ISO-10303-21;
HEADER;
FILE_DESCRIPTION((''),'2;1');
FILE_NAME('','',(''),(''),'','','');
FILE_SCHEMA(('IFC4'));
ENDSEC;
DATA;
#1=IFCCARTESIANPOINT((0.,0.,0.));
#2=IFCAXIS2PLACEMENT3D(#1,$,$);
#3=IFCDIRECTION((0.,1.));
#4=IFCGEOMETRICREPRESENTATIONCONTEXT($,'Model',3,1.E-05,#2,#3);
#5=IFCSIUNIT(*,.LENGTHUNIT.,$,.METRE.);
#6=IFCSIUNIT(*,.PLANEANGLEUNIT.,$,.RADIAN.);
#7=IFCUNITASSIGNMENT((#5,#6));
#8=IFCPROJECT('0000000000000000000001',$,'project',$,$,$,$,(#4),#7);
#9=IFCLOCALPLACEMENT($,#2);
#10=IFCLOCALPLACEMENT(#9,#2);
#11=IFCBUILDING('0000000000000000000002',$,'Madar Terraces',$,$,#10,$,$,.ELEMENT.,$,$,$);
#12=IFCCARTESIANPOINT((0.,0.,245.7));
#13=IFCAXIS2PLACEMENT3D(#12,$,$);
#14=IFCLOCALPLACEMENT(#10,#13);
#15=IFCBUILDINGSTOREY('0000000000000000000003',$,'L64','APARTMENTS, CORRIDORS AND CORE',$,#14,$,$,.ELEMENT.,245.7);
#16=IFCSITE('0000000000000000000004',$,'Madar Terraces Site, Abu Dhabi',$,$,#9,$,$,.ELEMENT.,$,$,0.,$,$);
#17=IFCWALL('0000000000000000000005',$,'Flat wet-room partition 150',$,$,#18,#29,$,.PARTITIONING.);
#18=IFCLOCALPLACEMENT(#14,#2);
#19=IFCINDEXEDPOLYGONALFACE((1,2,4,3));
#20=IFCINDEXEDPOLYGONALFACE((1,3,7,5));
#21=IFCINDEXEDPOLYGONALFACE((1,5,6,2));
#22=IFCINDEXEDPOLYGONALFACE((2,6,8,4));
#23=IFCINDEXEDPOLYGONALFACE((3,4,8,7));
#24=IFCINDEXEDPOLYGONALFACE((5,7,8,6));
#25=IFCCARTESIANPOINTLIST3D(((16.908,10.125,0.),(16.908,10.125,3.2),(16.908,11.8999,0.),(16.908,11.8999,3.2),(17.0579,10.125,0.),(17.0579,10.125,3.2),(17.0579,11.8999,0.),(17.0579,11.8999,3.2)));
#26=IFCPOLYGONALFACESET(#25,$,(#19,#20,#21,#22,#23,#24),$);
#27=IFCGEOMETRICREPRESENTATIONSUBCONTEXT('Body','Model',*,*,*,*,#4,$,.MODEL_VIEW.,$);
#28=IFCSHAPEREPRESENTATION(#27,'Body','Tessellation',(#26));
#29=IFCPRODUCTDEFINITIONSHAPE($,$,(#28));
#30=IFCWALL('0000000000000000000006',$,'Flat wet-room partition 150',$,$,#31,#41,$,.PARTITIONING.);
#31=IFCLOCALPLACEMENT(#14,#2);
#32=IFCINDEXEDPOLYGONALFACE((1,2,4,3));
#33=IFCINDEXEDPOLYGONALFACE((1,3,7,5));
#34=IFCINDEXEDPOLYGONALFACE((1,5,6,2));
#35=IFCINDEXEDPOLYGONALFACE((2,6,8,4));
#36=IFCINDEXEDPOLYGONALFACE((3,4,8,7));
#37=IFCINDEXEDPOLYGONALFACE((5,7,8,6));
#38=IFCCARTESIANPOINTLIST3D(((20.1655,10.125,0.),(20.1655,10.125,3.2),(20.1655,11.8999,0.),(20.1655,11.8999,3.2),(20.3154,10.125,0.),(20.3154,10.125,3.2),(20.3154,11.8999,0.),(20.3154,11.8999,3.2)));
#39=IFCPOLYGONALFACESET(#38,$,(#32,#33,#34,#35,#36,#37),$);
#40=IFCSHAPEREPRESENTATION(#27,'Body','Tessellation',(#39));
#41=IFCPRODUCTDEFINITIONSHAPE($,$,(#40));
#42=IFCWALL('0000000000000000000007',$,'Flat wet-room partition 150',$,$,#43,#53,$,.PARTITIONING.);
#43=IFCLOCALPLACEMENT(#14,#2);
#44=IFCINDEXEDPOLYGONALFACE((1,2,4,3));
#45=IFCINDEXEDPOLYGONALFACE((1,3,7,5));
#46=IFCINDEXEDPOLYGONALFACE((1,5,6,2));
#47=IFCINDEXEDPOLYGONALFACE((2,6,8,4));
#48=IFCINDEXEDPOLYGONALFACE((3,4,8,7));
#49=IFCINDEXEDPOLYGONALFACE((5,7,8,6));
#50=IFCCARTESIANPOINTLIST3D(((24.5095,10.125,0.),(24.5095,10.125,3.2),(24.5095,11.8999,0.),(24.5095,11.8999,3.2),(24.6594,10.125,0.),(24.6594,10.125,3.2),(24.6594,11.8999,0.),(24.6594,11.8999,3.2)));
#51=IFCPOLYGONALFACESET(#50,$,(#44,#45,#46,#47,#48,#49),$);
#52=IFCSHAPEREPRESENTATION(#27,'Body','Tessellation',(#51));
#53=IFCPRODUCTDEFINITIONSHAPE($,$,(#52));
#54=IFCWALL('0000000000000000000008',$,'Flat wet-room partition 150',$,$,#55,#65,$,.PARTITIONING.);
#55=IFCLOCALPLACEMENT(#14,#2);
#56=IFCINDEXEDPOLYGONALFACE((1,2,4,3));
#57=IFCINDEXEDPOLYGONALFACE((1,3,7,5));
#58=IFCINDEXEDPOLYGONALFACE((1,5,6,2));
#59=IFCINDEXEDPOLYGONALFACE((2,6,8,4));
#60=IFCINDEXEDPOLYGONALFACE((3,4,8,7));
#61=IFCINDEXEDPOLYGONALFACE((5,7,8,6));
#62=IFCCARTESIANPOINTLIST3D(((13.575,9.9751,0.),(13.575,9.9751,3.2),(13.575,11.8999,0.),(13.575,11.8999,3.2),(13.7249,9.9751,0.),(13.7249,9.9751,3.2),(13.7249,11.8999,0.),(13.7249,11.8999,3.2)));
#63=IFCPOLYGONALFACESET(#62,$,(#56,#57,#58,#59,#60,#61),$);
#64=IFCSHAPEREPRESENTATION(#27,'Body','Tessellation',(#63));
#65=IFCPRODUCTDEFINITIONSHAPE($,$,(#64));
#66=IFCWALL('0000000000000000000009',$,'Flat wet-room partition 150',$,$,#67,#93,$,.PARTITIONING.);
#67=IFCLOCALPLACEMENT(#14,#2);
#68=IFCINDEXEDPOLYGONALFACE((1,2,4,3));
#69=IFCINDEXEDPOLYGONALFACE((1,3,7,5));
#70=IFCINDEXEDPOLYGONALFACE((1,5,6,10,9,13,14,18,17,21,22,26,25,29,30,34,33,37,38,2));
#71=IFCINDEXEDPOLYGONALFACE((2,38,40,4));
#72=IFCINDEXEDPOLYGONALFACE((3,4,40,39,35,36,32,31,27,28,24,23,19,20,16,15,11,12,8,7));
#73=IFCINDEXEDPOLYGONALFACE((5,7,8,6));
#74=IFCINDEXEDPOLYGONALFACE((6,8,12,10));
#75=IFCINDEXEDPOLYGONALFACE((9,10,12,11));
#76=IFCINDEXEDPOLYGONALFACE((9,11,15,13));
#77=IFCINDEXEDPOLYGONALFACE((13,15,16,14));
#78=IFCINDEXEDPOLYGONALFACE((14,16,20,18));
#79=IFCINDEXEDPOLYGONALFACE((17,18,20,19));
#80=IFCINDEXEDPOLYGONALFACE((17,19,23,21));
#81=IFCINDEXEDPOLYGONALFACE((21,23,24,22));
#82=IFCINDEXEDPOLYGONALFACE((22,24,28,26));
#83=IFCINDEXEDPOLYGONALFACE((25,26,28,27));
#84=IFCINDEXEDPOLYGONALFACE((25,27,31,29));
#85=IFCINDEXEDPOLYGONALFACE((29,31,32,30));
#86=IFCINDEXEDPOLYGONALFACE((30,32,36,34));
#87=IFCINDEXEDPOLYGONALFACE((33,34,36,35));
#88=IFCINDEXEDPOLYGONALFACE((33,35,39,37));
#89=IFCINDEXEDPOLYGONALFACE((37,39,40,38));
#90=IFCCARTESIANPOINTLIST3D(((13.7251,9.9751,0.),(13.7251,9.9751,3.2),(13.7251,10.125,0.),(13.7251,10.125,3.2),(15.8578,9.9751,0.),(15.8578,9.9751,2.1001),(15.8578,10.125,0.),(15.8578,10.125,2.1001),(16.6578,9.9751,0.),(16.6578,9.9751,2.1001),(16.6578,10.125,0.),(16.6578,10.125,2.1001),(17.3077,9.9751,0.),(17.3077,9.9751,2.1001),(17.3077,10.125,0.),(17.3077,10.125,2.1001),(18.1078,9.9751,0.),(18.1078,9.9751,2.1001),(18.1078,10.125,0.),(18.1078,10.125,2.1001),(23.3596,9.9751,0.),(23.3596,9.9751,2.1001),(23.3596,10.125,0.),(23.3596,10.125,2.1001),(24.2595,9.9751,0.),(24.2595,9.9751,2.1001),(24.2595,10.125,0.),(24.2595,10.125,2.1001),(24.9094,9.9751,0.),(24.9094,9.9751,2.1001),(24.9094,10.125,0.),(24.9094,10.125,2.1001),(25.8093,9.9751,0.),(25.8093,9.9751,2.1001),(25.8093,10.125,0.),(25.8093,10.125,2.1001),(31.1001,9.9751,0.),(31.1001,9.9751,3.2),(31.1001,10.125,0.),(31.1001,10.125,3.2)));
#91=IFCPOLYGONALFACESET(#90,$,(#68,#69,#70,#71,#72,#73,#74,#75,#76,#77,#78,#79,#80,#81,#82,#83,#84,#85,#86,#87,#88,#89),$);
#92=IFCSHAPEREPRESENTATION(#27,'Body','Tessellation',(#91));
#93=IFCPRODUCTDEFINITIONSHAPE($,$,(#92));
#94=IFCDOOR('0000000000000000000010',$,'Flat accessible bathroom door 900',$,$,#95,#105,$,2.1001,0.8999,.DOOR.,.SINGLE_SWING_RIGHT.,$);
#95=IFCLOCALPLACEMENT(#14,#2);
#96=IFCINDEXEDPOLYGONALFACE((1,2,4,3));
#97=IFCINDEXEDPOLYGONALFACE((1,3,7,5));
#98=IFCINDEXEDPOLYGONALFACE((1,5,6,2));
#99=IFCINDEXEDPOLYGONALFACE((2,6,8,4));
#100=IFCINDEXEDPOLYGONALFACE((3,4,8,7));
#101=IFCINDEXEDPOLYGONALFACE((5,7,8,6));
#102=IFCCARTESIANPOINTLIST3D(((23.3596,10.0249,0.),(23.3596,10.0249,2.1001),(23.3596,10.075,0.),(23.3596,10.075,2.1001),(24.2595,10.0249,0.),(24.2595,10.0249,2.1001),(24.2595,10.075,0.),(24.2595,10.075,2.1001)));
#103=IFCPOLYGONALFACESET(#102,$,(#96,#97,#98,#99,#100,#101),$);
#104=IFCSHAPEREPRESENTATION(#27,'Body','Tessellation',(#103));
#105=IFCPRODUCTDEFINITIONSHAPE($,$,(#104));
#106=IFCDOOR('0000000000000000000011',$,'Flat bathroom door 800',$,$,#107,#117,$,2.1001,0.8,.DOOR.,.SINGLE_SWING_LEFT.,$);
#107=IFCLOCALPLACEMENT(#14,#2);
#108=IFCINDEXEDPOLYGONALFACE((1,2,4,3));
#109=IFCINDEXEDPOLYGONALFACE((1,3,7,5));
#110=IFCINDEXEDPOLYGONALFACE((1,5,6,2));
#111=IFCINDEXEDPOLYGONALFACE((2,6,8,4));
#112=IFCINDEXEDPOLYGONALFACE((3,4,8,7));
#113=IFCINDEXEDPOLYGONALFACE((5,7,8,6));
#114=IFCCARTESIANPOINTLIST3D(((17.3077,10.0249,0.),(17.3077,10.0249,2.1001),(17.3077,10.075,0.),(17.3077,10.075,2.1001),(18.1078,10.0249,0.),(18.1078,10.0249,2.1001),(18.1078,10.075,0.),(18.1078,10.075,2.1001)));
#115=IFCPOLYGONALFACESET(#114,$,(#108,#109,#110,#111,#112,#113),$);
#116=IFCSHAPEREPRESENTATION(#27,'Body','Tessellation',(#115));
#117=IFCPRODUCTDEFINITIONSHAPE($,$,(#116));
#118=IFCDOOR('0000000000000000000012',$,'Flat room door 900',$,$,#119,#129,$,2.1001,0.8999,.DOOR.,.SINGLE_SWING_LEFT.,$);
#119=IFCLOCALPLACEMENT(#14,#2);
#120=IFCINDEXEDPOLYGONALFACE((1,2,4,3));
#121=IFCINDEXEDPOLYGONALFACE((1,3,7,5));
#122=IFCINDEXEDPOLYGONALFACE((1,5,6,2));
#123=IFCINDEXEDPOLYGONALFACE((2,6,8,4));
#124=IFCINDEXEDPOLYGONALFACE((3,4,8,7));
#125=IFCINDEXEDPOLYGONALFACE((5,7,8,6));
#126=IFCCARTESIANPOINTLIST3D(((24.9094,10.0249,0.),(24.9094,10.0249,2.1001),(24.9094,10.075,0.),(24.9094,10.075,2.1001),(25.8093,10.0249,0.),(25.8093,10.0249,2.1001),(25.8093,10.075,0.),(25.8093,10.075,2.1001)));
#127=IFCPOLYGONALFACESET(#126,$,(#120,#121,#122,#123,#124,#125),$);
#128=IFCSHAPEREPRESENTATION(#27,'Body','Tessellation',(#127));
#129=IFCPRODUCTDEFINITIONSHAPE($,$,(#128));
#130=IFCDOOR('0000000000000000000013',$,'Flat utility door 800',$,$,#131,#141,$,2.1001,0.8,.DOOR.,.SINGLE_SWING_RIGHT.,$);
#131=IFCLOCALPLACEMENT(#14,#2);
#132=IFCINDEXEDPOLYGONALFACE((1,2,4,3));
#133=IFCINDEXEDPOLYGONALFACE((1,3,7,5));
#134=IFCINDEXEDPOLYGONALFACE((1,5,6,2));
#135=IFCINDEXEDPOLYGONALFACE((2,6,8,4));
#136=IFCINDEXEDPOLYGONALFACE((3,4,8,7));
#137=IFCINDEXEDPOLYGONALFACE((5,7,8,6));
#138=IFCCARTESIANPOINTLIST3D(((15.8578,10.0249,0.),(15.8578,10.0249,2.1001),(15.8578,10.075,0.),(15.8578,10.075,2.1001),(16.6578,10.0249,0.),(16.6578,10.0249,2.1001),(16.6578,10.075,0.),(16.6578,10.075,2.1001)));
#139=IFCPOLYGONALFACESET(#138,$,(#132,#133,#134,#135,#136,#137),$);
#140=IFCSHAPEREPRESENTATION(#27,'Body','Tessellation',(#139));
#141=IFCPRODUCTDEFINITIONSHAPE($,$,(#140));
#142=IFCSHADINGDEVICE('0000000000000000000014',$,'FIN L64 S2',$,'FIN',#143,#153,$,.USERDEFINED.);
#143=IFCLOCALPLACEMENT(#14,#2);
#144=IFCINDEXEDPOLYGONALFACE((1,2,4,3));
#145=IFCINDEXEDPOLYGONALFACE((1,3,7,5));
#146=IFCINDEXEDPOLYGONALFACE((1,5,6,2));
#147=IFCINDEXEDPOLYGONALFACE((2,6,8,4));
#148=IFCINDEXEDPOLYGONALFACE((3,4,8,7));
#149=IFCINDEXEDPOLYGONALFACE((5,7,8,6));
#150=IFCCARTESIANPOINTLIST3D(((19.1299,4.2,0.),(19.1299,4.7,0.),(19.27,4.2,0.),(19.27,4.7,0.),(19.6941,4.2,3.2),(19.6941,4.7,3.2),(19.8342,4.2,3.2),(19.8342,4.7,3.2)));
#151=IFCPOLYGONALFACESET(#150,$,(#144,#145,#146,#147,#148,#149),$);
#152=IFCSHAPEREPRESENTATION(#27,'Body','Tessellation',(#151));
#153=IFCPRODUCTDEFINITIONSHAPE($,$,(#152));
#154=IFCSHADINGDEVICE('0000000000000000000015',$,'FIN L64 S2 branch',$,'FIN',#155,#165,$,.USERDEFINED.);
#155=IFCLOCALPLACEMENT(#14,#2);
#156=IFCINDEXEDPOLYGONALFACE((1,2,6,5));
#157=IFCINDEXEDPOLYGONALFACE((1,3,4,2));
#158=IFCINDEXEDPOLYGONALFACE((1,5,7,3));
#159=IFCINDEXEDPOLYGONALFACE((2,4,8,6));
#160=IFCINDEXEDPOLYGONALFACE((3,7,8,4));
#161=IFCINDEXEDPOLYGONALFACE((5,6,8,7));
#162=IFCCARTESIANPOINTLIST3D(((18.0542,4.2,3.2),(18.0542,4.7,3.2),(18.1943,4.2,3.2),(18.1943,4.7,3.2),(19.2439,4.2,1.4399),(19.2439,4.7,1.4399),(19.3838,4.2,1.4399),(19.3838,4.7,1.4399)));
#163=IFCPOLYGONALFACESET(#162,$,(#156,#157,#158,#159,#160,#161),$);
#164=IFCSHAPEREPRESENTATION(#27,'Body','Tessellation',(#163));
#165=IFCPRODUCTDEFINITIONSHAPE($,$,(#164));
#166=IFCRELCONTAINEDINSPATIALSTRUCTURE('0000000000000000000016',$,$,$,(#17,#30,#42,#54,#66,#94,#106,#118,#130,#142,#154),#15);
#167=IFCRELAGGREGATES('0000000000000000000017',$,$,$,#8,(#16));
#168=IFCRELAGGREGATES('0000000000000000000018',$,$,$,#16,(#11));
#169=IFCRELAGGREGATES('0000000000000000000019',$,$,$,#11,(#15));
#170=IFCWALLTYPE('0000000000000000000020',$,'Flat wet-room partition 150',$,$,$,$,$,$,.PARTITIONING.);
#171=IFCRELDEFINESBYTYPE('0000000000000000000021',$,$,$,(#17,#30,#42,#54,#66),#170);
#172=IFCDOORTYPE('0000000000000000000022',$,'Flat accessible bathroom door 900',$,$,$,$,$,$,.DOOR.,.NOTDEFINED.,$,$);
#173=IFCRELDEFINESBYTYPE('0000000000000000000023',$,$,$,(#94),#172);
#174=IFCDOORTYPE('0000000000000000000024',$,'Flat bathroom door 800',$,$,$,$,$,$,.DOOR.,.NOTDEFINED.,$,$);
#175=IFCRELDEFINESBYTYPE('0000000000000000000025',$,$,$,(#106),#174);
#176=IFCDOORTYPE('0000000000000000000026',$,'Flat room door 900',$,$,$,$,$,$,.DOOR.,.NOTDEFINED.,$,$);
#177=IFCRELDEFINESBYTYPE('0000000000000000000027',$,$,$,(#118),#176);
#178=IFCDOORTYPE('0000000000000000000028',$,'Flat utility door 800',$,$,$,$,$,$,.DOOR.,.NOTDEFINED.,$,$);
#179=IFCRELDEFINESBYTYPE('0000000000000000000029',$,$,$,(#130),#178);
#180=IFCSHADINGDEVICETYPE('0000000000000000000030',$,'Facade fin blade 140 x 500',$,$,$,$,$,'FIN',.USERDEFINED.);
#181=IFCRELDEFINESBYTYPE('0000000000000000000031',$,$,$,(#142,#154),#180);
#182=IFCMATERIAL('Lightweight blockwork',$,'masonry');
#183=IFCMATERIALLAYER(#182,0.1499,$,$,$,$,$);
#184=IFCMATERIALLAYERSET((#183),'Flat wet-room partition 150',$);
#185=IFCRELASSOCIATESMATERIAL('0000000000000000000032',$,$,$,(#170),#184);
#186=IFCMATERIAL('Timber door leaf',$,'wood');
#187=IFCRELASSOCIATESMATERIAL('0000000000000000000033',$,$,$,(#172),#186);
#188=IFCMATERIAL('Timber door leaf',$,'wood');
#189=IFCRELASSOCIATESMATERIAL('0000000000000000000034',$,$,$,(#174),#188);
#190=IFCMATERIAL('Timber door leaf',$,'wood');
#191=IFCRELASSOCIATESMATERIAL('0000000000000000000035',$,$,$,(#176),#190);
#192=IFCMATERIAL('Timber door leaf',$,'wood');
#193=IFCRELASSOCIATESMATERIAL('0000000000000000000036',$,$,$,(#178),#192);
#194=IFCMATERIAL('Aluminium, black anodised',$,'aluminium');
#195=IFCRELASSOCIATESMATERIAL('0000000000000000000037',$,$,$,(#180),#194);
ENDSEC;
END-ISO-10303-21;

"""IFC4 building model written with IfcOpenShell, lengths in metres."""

from ifc_helpers import new_model, si_unit, direction, frame, frame_2d, origin, place, context, subcontext, project, spatial, polyline, rectangle, outline, extrude, material, layer, layer_set, type_object, element, fill, save


model = new_model("IFC4")

# Units and contexts
model_context = context("Model", 3, precision=1e-05, world=origin(), true_north=direction((0.0, 1.0)))
body_context = subcontext(model_context, "Body", "Model", "MODEL_VIEW")
ifc_project = project(units=[si_unit("LENGTHUNIT", "METRE"), si_unit("PLANEANGLEUNIT", "RADIAN")], contexts=[model_context])

# Site, building, storey
site_placement = place(None, origin())
site = spatial("IfcSite", under=ifc_project, at=site_placement, Name="Madar Terraces Site, Abu Dhabi", CompositionType="ELEMENT", RefElevation=0.0)
building_placement = place(site_placement, origin())
building = spatial("IfcBuilding", under=site, at=building_placement, Name="Madar Terraces", CompositionType="ELEMENT")
storey_placement = place(building_placement, frame((0.0, 0.0, 245.7)))
storey = spatial("IfcBuildingStorey", under=building, at=storey_placement, Name="L64", Description="APARTMENTS, CORRIDORS AND CORE", CompositionType="ELEMENT", Elevation=245.7)

# Walls
ifc_material_1 = material(Name="Lightweight blockwork", Category="masonry")
ifc_layer_1 = layer(ifc_material_1, 0.1499)
ifc_layer_set_1 = layer_set([ifc_layer_1], Name="Flat wet-room partition 150")
wall_type_1 = type_object("IfcWallType", Name="Flat wet-room partition 150", PredefinedType="PARTITIONING", material=ifc_layer_set_1)
for number, where, z_axis, x_axis, name in (
    (1, (16.9829, 11.8999, 0.0), (0.0, 0.0, 1.0), (0.0, -1.0, 0.0), "Flat wet-room partition 150"),
    (2, (20.2405, 11.8999, 0.0), (0.0, 0.0, 1.0), (0.0, -1.0, 0.0), "Flat wet-room partition 150"),
    (3, (24.5845, 11.8999, 0.0), (0.0, 0.0, 1.0), (0.0, -1.0, 0.0), "Flat wet-room partition 150"),
):
    element("IfcWall", number, at=place(storey_placement, frame(where, z_axis=z_axis, x_axis=x_axis)), inside=storey, type_object=wall_type_1, Name=name, PredefinedType="PARTITIONING", context=body_context, shape_type="SweptSolid", body=[
        extrude(rectangle(XDim=1.7749, YDim=0.1499, at=frame_2d((0.8875, 0.0))), origin(), (0.0, 0.0, 1.0), 3.2),
    ])
wall_1_placement = place(storey_placement, frame((13.6499, 11.8999, 0.0), z_axis=(0.0, 0.0, 1.0), x_axis=(0.0, -1.0, 0.0)))
element("IfcWall", 4, at=wall_1_placement, inside=storey, type_object=wall_type_1, Name="Flat wet-room partition 150", PredefinedType="PARTITIONING", context=body_context, shape_type="SweptSolid", body=[
    extrude(rectangle(XDim=1.9248, YDim=0.1499, at=frame_2d((0.9624, 0.0))), origin(), (0.0, 0.0, 1.0), 3.2),
])

# Wall, openings, doors
wall_2_placement = place(storey_placement, frame((13.7251, 10.05, 0.0), z_axis=(0.0, 0.0, 1.0), x_axis=(1.0, 0.0, 0.0)))
wall_2 = element("IfcWall", 5, at=wall_2_placement, inside=storey, type_object=wall_type_1, Name="Flat wet-room partition 150", PredefinedType="PARTITIONING", context=body_context, shape_type="SweptSolid", body=[
    extrude(rectangle(XDim=17.375, YDim=0.1499, at=frame_2d((8.6875, 0.0))), origin(), (0.0, 0.0, 1.0), 3.2),
])
opening_1_placement = place(wall_2_placement, frame((2.1328, 0.0, 0.0)))
opening_1 = element("IfcOpeningElement", 6, at=opening_1_placement, cuts=wall_2, PredefinedType="OPENING", context=body_context, shape_type="SweptSolid", body=[
    extrude(rectangle(XDim=0.8, YDim=2.1001, at=frame_2d((0.3999, 1.05))), frame((0.0, 0.085, 0.0), z_axis=(0.0, -1.0, 0.0), x_axis=(1.0, 0.0, 0.0)), (0.0, 0.0, 1.0), 0.1699),
])
opening_2_placement = place(wall_2_placement, frame((3.5828, 0.0, 0.0)))
opening_2 = element("IfcOpeningElement", 7, at=opening_2_placement, cuts=wall_2, PredefinedType="OPENING", context=body_context, shape_type="SweptSolid", body=[
    extrude(rectangle(XDim=0.8, YDim=2.1001, at=frame_2d((0.3999, 1.05))), frame((0.0, 0.085, 0.0), z_axis=(0.0, -1.0, 0.0), x_axis=(1.0, 0.0, 0.0)), (0.0, 0.0, 1.0), 0.1699),
])
opening_3_placement = place(wall_2_placement, frame((9.6345, 0.0, 0.0)))
opening_3 = element("IfcOpeningElement", 8, at=opening_3_placement, cuts=wall_2, PredefinedType="OPENING", context=body_context, shape_type="SweptSolid", body=[
    extrude(rectangle(XDim=0.8999, YDim=2.1001, at=frame_2d((0.45, 1.05))), frame((0.0, 0.085, 0.0), z_axis=(0.0, -1.0, 0.0), x_axis=(1.0, 0.0, 0.0)), (0.0, 0.0, 1.0), 0.1699),
])
opening_4_placement = place(wall_2_placement, frame((11.1843, 0.0, 0.0)))
opening_4 = element("IfcOpeningElement", 9, at=opening_4_placement, cuts=wall_2, PredefinedType="OPENING", context=body_context, shape_type="SweptSolid", body=[
    extrude(rectangle(XDim=0.8999, YDim=2.1001, at=frame_2d((0.45, 1.05))), frame((0.0, 0.085, 0.0), z_axis=(0.0, -1.0, 0.0), x_axis=(1.0, 0.0, 0.0)), (0.0, 0.0, 1.0), 0.1699),
])
ifc_material_2 = material(Name="Timber door leaf", Category="wood")
door_type_1 = type_object("IfcDoorType", Name="Flat accessible bathroom door 900", OperationType="NOTDEFINED", PredefinedType="DOOR", material=ifc_material_2)
door_1_placement = place(opening_3_placement, origin())
door_1 = element("IfcDoor", 10, at=door_1_placement, inside=storey, type_object=door_type_1, Name="Flat accessible bathroom door 900", OperationType="SINGLE_SWING_RIGHT", OverallHeight=2.1001, OverallWidth=0.8999, PredefinedType="DOOR", context=body_context, shape_type="SweptSolid", body=[
    extrude(rectangle(XDim=0.8999, YDim=2.1001, at=frame_2d((0.45, 1.05))), frame((0.0, 0.0249, 0.0), z_axis=(0.0, -1.0, 0.0), x_axis=(1.0, 0.0, 0.0)), (0.0, 0.0, 1.0), 0.05),
])
fill(opening_3, door_1)
ifc_material_3 = material(Name="Timber door leaf", Category="wood")
door_type_2 = type_object("IfcDoorType", Name="Flat bathroom door 800", OperationType="NOTDEFINED", PredefinedType="DOOR", material=ifc_material_3)
door_2_placement = place(opening_2_placement, origin())
door_2 = element("IfcDoor", 11, at=door_2_placement, inside=storey, type_object=door_type_2, Name="Flat bathroom door 800", OperationType="SINGLE_SWING_LEFT", OverallHeight=2.1001, OverallWidth=0.8, PredefinedType="DOOR", context=body_context, shape_type="SweptSolid", body=[
    extrude(rectangle(XDim=0.8, YDim=2.1001, at=frame_2d((0.3999, 1.05))), frame((0.0, 0.0249, 0.0), z_axis=(0.0, -1.0, 0.0), x_axis=(1.0, 0.0, 0.0)), (0.0, 0.0, 1.0), 0.05),
])
fill(opening_2, door_2)
ifc_material_4 = material(Name="Timber door leaf", Category="wood")
door_type_3 = type_object("IfcDoorType", Name="Flat room door 900", OperationType="NOTDEFINED", PredefinedType="DOOR", material=ifc_material_4)
door_3_placement = place(opening_4_placement, origin())
door_3 = element("IfcDoor", 12, at=door_3_placement, inside=storey, type_object=door_type_3, Name="Flat room door 900", OperationType="SINGLE_SWING_LEFT", OverallHeight=2.1001, OverallWidth=0.8999, PredefinedType="DOOR", context=body_context, shape_type="SweptSolid", body=[
    extrude(rectangle(XDim=0.8999, YDim=2.1001, at=frame_2d((0.45, 1.05))), frame((0.0, 0.0249, 0.0), z_axis=(0.0, -1.0, 0.0), x_axis=(1.0, 0.0, 0.0)), (0.0, 0.0, 1.0), 0.05),
])
fill(opening_4, door_3)
ifc_material_5 = material(Name="Timber door leaf", Category="wood")
door_type_4 = type_object("IfcDoorType", Name="Flat utility door 800", OperationType="NOTDEFINED", PredefinedType="DOOR", material=ifc_material_5)
door_4_placement = place(opening_1_placement, origin())
door_4 = element("IfcDoor", 13, at=door_4_placement, inside=storey, type_object=door_type_4, Name="Flat utility door 800", OperationType="SINGLE_SWING_RIGHT", OverallHeight=2.1001, OverallWidth=0.8, PredefinedType="DOOR", context=body_context, shape_type="SweptSolid", body=[
    extrude(rectangle(XDim=0.8, YDim=2.1001, at=frame_2d((0.3999, 1.05))), frame((0.0, 0.0249, 0.0), z_axis=(0.0, -1.0, 0.0), x_axis=(1.0, 0.0, 0.0)), (0.0, 0.0, 1.0), 0.05),
])
fill(opening_1, door_4)

# Shading devices
ifc_material_6 = material(Name="Aluminium, black anodised", Category="aluminium")
shading_device_type = type_object("IfcShadingDeviceType", Name="Facade fin blade 140 x 500", ElementType="FIN", PredefinedType="USERDEFINED", material=ifc_material_6)
shading_device_1_placement = place(storey_placement, frame((19.1299, 4.45, 0.0), z_axis=(0.0, 0.0, 1.0), x_axis=(1.0, 0.0, 0.0)))
element("IfcShadingDevice", 14, at=shading_device_1_placement, inside=storey, type_object=shading_device_type, Name="FIN L64 S2", ObjectType="FIN", PredefinedType="USERDEFINED", context=body_context, shape_type="SweptSolid", body=[
    extrude(outline(polyline([(0.0, 0.0), (0.1401, 0.0), (0.7043, 3.2), (0.5642, 3.2), (0.0, 0.0)])), frame((0.0, 0.25, 0.0), z_axis=(0.0, -1.0, 0.0), x_axis=(1.0, 0.0, 0.0)), (0.0, 0.0, 1.0), 0.5),
])
shading_device_2_placement = place(storey_placement, frame((19.2439, 4.45, 1.4399), z_axis=(0.0, 0.0, 1.0), x_axis=(1.0, 0.0, 0.0)))
element("IfcShadingDevice", 15, at=shading_device_2_placement, inside=storey, type_object=shading_device_type, Name="FIN L64 S2 branch", ObjectType="FIN", PredefinedType="USERDEFINED", context=body_context, shape_type="SweptSolid", body=[
    extrude(outline(polyline([(0.0, 0.0), (0.1399, 0.0), (-1.0496, 1.76), (-1.1897, 1.76), (0.0, 0.0)])), frame((0.0, 0.25, 0.0), z_axis=(0.0, -1.0, 0.0), x_axis=(1.0, 0.0, 0.0)), (0.0, 0.0, 1.0), 0.5),
])

save(model, "model.ifc")
